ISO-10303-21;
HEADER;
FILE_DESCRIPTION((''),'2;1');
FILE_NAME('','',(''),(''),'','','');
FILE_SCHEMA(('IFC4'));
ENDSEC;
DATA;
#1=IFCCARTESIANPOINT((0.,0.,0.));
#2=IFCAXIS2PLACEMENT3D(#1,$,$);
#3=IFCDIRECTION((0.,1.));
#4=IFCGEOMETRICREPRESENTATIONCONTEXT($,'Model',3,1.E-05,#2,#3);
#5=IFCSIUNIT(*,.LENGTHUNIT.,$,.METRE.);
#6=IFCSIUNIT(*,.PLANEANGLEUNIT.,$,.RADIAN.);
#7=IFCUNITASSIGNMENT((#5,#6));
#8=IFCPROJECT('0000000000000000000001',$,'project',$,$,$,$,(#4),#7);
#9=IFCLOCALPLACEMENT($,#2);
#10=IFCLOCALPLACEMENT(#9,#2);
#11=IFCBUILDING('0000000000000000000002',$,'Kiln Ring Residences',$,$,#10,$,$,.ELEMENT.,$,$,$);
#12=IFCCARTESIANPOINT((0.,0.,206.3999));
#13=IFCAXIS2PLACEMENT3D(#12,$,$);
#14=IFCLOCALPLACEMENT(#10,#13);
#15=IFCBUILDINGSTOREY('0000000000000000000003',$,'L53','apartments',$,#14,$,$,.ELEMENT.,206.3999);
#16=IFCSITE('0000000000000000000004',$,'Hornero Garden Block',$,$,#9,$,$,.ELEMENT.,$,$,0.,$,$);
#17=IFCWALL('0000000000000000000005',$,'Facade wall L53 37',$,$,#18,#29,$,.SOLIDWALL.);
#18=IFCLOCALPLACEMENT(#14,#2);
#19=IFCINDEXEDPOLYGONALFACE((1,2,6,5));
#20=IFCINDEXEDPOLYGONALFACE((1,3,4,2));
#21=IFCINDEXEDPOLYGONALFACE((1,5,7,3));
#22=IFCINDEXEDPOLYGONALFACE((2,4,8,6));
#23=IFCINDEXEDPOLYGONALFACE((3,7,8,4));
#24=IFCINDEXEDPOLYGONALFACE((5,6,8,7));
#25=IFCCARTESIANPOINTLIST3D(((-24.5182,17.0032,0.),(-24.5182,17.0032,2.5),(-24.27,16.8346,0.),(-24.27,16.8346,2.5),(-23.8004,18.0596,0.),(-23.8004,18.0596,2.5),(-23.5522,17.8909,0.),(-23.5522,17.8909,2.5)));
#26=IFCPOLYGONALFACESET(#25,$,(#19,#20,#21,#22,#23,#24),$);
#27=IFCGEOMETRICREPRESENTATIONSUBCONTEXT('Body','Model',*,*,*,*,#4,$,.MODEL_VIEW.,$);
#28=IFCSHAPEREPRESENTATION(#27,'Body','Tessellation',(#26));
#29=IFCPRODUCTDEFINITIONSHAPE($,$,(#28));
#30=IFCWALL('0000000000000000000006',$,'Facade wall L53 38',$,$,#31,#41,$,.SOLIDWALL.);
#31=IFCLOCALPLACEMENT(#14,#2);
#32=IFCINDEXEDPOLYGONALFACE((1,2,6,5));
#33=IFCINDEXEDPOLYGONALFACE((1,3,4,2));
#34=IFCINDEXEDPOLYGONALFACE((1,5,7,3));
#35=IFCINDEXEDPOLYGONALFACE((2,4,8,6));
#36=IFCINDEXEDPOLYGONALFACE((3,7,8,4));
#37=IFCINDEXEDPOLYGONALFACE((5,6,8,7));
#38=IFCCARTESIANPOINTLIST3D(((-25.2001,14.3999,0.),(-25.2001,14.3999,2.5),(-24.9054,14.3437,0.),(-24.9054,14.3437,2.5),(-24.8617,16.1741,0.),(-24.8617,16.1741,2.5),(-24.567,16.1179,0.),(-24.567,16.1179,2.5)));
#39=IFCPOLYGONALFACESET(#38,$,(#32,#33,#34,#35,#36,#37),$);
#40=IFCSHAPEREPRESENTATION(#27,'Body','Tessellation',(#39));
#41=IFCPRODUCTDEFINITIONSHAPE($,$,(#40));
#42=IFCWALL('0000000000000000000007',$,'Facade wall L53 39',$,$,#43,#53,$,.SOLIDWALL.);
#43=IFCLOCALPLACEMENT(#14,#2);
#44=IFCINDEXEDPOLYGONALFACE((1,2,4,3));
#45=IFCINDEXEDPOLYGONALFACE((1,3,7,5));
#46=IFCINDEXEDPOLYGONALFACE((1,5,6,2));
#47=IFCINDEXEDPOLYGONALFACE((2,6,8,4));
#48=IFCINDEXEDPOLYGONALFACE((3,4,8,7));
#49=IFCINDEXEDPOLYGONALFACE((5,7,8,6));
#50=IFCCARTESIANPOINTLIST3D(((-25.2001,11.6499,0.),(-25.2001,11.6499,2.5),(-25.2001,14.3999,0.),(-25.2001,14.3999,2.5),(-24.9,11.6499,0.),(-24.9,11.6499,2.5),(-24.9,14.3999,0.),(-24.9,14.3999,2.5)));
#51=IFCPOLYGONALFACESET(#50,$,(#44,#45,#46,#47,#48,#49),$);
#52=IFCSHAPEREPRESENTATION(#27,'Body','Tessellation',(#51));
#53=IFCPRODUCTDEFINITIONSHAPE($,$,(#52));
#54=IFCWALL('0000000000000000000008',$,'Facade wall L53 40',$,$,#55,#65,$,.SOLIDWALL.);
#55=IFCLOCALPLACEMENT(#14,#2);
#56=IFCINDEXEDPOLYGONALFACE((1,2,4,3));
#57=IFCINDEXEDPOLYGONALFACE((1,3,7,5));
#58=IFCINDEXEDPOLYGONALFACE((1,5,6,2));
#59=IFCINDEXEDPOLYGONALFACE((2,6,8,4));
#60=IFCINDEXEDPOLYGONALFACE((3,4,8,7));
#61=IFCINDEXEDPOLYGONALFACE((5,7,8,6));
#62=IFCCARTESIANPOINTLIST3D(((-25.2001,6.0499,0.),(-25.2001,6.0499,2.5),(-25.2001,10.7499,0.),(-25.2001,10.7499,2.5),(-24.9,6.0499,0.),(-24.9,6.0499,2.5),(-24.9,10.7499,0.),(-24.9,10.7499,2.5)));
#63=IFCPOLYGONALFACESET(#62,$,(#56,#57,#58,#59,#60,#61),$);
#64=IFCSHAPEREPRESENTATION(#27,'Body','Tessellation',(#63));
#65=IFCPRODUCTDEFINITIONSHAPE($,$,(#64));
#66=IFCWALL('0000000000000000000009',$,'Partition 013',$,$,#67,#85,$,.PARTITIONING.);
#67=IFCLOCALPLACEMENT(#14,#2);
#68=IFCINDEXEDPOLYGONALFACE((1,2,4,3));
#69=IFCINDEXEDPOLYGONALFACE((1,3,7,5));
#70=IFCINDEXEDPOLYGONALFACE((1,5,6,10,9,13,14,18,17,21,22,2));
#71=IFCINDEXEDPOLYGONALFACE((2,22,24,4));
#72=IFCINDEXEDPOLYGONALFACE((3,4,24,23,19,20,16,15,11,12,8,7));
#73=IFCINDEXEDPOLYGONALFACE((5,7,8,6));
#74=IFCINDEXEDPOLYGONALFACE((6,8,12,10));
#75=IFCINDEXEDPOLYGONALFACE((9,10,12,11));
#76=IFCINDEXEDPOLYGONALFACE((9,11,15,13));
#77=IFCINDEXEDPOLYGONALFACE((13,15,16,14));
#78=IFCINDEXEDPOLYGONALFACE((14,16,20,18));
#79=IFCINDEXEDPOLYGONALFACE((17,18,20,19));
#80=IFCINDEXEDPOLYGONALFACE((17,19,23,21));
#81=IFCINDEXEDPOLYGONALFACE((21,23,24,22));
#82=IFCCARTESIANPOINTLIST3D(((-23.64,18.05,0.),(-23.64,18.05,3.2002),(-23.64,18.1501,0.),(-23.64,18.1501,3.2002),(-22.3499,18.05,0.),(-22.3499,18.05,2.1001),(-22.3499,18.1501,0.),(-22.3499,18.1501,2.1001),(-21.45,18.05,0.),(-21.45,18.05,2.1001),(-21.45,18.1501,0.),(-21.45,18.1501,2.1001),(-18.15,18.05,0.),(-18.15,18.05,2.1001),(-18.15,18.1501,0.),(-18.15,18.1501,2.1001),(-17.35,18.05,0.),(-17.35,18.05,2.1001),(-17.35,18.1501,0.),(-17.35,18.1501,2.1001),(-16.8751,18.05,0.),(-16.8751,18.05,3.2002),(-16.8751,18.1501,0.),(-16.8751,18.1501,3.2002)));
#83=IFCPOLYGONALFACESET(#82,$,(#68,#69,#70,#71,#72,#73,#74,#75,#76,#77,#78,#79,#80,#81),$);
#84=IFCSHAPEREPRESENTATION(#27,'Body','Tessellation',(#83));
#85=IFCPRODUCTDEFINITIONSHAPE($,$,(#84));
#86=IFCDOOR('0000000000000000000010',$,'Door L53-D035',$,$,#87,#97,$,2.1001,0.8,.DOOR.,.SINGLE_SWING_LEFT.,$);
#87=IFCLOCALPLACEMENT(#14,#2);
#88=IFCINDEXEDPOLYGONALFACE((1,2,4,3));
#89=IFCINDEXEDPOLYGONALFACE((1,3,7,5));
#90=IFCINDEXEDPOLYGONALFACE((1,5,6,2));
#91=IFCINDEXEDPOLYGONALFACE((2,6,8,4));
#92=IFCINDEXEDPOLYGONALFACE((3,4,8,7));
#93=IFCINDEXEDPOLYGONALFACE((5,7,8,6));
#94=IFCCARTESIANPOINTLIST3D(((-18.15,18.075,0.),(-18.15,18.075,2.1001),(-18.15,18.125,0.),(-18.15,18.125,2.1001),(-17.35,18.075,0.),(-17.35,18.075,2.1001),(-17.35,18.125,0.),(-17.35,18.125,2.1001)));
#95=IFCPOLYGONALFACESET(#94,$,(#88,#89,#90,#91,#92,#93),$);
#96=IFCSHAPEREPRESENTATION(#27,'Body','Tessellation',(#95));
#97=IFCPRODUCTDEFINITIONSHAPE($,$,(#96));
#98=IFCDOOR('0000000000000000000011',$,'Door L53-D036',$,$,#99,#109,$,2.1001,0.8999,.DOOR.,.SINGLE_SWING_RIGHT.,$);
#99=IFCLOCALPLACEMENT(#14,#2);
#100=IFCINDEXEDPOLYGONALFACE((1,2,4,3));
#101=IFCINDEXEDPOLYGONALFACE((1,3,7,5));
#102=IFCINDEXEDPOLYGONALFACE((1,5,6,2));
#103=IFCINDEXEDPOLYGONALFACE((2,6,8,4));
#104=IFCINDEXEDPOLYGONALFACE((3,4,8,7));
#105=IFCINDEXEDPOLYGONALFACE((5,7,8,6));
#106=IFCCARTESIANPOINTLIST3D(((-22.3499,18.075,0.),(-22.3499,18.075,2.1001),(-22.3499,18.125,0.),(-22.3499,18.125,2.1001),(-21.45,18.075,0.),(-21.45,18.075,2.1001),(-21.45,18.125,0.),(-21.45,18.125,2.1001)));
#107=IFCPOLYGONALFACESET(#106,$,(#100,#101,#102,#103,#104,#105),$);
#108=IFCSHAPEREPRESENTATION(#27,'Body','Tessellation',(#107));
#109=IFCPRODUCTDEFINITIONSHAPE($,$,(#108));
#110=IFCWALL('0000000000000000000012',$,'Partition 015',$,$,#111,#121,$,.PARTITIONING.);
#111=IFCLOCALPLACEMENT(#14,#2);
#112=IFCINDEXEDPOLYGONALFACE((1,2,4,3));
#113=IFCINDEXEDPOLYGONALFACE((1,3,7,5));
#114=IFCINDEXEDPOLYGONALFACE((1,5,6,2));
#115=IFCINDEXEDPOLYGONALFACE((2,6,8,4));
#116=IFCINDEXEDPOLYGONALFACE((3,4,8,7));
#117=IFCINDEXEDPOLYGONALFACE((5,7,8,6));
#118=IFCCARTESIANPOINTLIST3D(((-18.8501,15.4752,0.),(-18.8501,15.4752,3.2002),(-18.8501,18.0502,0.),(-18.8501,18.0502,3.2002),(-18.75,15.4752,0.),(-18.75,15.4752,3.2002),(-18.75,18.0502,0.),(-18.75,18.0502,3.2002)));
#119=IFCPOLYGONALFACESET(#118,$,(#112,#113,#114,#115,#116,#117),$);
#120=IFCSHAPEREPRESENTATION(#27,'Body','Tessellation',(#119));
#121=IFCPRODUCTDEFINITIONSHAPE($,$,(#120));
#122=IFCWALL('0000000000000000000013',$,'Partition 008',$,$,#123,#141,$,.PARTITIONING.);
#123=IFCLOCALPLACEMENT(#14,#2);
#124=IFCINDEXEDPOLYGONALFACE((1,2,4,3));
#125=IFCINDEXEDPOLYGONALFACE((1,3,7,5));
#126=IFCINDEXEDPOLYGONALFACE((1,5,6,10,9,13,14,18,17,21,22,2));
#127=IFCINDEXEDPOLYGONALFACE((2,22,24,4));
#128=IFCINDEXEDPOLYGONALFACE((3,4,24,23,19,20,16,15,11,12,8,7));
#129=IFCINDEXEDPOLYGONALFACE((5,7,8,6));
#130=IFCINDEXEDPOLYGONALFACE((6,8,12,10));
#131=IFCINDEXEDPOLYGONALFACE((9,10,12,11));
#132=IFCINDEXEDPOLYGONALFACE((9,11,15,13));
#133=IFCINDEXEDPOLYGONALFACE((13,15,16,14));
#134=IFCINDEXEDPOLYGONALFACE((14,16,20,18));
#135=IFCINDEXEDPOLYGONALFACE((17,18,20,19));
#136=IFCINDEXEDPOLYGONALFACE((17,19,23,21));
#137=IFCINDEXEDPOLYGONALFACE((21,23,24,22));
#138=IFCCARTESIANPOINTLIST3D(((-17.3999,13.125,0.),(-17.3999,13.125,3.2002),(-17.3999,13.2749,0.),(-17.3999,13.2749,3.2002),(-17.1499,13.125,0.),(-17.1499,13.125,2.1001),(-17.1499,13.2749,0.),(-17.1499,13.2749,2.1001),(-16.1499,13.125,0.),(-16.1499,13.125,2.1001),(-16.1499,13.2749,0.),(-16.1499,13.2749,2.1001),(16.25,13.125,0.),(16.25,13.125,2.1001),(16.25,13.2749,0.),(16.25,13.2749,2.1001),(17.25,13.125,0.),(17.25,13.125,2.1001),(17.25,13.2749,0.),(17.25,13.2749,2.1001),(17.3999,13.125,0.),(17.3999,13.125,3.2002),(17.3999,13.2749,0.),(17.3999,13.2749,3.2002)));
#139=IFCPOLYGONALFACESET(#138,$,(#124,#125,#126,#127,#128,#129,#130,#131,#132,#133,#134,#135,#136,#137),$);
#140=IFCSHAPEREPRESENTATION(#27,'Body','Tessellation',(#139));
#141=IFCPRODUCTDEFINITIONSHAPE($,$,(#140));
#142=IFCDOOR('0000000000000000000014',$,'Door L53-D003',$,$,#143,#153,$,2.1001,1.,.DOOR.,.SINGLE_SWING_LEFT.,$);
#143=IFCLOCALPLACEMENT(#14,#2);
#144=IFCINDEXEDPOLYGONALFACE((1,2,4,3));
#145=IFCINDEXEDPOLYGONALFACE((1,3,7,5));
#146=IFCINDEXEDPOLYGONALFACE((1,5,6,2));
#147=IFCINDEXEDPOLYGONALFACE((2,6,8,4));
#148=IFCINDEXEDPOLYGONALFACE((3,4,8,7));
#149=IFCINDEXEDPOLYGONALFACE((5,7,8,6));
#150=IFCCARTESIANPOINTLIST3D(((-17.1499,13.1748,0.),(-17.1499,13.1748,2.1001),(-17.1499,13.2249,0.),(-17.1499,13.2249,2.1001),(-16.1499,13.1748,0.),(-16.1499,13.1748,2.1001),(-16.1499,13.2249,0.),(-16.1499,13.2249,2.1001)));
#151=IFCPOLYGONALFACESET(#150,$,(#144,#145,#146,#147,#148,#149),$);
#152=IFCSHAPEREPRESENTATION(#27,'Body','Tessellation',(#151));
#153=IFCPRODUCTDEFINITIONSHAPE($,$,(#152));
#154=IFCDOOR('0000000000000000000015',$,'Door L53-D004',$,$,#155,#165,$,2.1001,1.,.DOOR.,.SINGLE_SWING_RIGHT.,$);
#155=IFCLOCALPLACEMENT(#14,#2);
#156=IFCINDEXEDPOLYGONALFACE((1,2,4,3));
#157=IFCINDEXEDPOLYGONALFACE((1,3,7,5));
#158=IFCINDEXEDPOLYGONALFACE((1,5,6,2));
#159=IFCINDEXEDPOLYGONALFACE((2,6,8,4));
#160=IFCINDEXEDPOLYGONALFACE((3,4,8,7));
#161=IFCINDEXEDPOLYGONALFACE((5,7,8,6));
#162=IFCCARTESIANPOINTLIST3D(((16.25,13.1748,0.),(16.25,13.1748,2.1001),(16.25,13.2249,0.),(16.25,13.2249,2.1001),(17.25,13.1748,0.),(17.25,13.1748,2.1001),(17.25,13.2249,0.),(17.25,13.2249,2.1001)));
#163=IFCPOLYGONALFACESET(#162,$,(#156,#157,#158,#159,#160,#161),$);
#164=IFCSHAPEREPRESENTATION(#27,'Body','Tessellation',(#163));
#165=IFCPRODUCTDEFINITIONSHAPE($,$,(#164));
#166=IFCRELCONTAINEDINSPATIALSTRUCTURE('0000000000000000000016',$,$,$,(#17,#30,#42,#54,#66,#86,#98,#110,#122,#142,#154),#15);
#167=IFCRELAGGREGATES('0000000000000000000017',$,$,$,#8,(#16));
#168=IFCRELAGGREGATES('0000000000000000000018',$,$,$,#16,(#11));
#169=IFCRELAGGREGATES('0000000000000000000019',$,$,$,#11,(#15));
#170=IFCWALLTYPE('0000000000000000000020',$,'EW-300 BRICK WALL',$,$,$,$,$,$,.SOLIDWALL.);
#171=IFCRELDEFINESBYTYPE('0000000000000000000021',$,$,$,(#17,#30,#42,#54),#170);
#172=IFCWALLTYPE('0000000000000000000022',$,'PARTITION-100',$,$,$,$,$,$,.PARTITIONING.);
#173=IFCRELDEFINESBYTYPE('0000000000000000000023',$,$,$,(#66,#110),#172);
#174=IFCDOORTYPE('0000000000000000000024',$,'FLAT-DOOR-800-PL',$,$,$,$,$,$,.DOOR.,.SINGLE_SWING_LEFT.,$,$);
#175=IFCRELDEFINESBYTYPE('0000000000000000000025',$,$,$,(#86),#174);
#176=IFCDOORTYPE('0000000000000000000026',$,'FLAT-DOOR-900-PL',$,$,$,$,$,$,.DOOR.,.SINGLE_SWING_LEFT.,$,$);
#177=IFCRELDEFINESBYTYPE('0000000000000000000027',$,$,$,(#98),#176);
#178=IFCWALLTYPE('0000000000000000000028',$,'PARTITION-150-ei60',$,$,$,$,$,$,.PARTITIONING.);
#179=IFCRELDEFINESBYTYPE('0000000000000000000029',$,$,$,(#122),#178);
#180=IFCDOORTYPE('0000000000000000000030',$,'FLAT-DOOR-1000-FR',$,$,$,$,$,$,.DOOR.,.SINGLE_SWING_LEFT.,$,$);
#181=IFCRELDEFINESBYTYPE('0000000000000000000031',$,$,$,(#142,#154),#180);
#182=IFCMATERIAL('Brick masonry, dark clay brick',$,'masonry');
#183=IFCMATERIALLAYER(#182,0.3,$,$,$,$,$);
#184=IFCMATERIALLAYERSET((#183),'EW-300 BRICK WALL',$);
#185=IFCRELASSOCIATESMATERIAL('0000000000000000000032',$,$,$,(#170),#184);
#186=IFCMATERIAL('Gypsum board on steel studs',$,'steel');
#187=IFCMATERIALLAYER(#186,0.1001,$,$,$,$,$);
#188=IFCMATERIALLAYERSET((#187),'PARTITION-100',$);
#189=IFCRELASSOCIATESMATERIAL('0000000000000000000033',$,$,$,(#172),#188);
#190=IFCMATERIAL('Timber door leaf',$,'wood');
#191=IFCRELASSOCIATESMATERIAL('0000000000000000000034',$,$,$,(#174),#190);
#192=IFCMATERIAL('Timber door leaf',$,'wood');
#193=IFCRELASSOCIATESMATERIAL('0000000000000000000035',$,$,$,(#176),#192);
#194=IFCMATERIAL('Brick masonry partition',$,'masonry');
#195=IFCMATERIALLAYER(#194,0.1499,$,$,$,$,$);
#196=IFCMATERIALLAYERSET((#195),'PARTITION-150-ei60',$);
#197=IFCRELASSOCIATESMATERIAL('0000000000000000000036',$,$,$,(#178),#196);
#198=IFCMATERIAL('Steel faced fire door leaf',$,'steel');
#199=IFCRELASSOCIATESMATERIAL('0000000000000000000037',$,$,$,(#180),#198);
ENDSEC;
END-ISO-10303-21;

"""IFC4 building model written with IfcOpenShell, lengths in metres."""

from ifc_helpers import new_model, si_unit, direction, frame, frame_2d, origin, place, context, subcontext, project, spatial, rectangle, extrude, material, layer, layer_set, type_object, element, fill, save


model = new_model("IFC4")

# Units and contexts
model_context = context("Model", 3, precision=1e-05, world=origin(), true_north=direction((0.0, 1.0)))
body_context = subcontext(model_context, "Body", "Model", "MODEL_VIEW")
ifc_project = project(units=[si_unit("LENGTHUNIT", "METRE"), si_unit("PLANEANGLEUNIT", "RADIAN")], contexts=[model_context])

# Site, building, storey
site_placement = place(None, origin())
site = spatial("IfcSite", under=ifc_project, at=site_placement, Name="Hornero Garden Block", CompositionType="ELEMENT", RefElevation=0.0)
building_placement = place(site_placement, origin())
building = spatial("IfcBuilding", under=site, at=building_placement, Name="Kiln Ring Residences", CompositionType="ELEMENT")
storey_placement = place(building_placement, frame((0.0, 0.0, 206.3999)))
storey = spatial("IfcBuildingStorey", under=building, at=storey_placement, Name="L53", Description="apartments", CompositionType="ELEMENT", Elevation=206.3999)

# Shared definitions
ifc_material_1 = material(Name="Brick masonry, dark clay brick", Category="masonry")
ifc_layer_1 = layer(ifc_material_1, 0.3)
ifc_layer_set_1 = layer_set([ifc_layer_1], Name="EW-300 BRICK WALL")
wall_type_1 = type_object("IfcWallType", Name="EW-300 BRICK WALL", PredefinedType="SOLIDWALL", material=ifc_layer_set_1)

# Walls
wall_1_placement = place(storey_placement, frame((-23.6763, 17.9753, 0.0), z_axis=(0.0, 0.0, 1.0), x_axis=(-0.562001, -0.827136, 0.0)))
element("IfcWall", 1, at=wall_1_placement, inside=storey, type_object=wall_type_1, Name="Facade wall L53 37", PredefinedType="SOLIDWALL", context=body_context, shape_type="SweptSolid", body=[
    extrude(rectangle(XDim=1.2771, YDim=0.3, at=frame_2d((0.6387, 0.0))), origin(), (0.0, 0.0, 1.0), 2.5),
])
wall_2_placement = place(storey_placement, frame((-24.7144, 16.146, 0.0), z_axis=(0.0, 0.0, 1.0), x_axis=(-0.187348, -0.982294, 0.0)))
element("IfcWall", 2, at=wall_2_placement, inside=storey, type_object=wall_type_1, Name="Facade wall L53 38", PredefinedType="SOLIDWALL", context=body_context, shape_type="SweptSolid", body=[
    extrude(rectangle(XDim=1.8062, YDim=0.3, at=frame_2d((0.9031, 0.0))), origin(), (0.0, 0.0, 1.0), 2.5),
])
wall_3_placement = place(storey_placement, frame((-25.05, 14.3999, 0.0), z_axis=(0.0, 0.0, 1.0), x_axis=(0.0, -1.0, 0.0)))
element("IfcWall", 3, at=wall_3_placement, inside=storey, type_object=wall_type_1, Name="Facade wall L53 39", PredefinedType="SOLIDWALL", context=body_context, shape_type="SweptSolid", body=[
    extrude(rectangle(XDim=2.75, YDim=0.3, at=frame_2d((1.375, 0.0))), origin(), (0.0, 0.0, 1.0), 2.5),
])
wall_4_placement = place(storey_placement, frame((-25.05, 10.75, 0.0), z_axis=(0.0, 0.0, 1.0), x_axis=(0.0, -1.0, 0.0)))
element("IfcWall", 4, at=wall_4_placement, inside=storey, type_object=wall_type_1, Name="Facade wall L53 40", PredefinedType="SOLIDWALL", context=body_context, shape_type="SweptSolid", body=[
    extrude(rectangle(XDim=4.7, YDim=0.3, at=frame_2d((2.3501, 0.0))), origin(), (0.0, 0.0, 1.0), 2.5),
])

# Wall, openings, doors
ifc_material_2 = material(Name="Gypsum board on steel studs", Category="steel")
ifc_layer_2 = layer(ifc_material_2, 0.1001)
ifc_layer_set_2 = layer_set([ifc_layer_2], Name="PARTITION-100")
wall_type_2 = type_object("IfcWallType", Name="PARTITION-100", PredefinedType="PARTITIONING", material=ifc_layer_set_2)
wall_5_placement = place(storey_placement, frame((-23.6399, 18.1001, 0.0), z_axis=(0.0, 0.0, 1.0), x_axis=(1.0, 0.0, 0.0)))
wall_5 = element("IfcWall", 5, at=wall_5_placement, inside=storey, type_object=wall_type_2, Name="Partition 013", PredefinedType="PARTITIONING", context=body_context, shape_type="SweptSolid", body=[
    extrude(rectangle(XDim=6.7649, YDim=0.1001, at=frame_2d((3.3823, 0.0))), origin(), (0.0, 0.0, 1.0), 3.2002),
])
opening_1_placement = place(wall_5_placement, frame((5.49, 0.0, 0.0)))
opening_1 = element("IfcOpeningElement", 6, at=opening_1_placement, cuts=wall_5, PredefinedType="OPENING", context=body_context, shape_type="SweptSolid", body=[
    extrude(rectangle(XDim=0.8, YDim=2.1001, at=frame_2d((0.3999, 1.05))), frame((0.0, 0.0601, 0.0), z_axis=(0.0, -1.0, 0.0), x_axis=(1.0, 0.0, 0.0)), (0.0, 0.0, 1.0), 0.1201),
])
opening_2_placement = place(wall_5_placement, frame((1.29, 0.0, 0.0)))
opening_2 = element("IfcOpeningElement", 7, at=opening_2_placement, cuts=wall_5, PredefinedType="OPENING", context=body_context, shape_type="SweptSolid", body=[
    extrude(rectangle(XDim=0.8999, YDim=2.1001, at=frame_2d((0.45, 1.05))), frame((0.0, 0.0601, 0.0), z_axis=(0.0, -1.0, 0.0), x_axis=(1.0, 0.0, 0.0)), (0.0, 0.0, 1.0), 0.1201),
])
ifc_material_3 = material(Name="Timber door leaf", Category="wood")
door_type_1 = type_object("IfcDoorType", Name="FLAT-DOOR-800-PL", OperationType="SINGLE_SWING_LEFT", PredefinedType="DOOR", material=ifc_material_3)
door_1_placement = place(opening_1_placement, origin())
door_1 = element("IfcDoor", 8, at=door_1_placement, inside=storey, type_object=door_type_1, Name="Door L53-D035", OperationType="SINGLE_SWING_LEFT", OverallHeight=2.1001, OverallWidth=0.8, PredefinedType="DOOR", context=body_context, shape_type="SweptSolid", body=[
    extrude(rectangle(XDim=0.8, YDim=2.1001, at=frame_2d((0.3999, 1.05))), frame((0.0, 0.0249, 0.0), z_axis=(0.0, -1.0, 0.0), x_axis=(1.0, 0.0, 0.0)), (0.0, 0.0, 1.0), 0.05),
])
fill(opening_1, door_1)
ifc_material_4 = material(Name="Timber door leaf", Category="wood")
door_type_2 = type_object("IfcDoorType", Name="FLAT-DOOR-900-PL", OperationType="SINGLE_SWING_LEFT", PredefinedType="DOOR", material=ifc_material_4)
door_2_placement = place(opening_2_placement, origin())
door_2 = element("IfcDoor", 9, at=door_2_placement, inside=storey, type_object=door_type_2, Name="Door L53-D036", OperationType="SINGLE_SWING_RIGHT", OverallHeight=2.1001, OverallWidth=0.8999, PredefinedType="DOOR", context=body_context, shape_type="SweptSolid", body=[
    extrude(rectangle(XDim=0.8999, YDim=2.1001, at=frame_2d((0.45, 1.05))), frame((0.0, 0.0249, 0.0), z_axis=(0.0, -1.0, 0.0), x_axis=(1.0, 0.0, 0.0)), (0.0, 0.0, 1.0), 0.05),
])
fill(opening_2, door_2)

# Wall
wall_6_placement = place(storey_placement, frame((-18.8, 15.4751, 0.0), z_axis=(0.0, 0.0, 1.0), x_axis=(0.0, 1.0, 0.0)))
element("IfcWall", 10, at=wall_6_placement, inside=storey, type_object=wall_type_2, Name="Partition 015", PredefinedType="PARTITIONING", context=body_context, shape_type="SweptSolid", body=[
    extrude(rectangle(XDim=2.575, YDim=0.1001, at=frame_2d((1.2876, 0.0))), origin(), (0.0, 0.0, 1.0), 3.2002),
])

# Wall, openings, doors
ifc_material_5 = material(Name="Brick masonry partition", Category="masonry")
ifc_layer_3 = layer(ifc_material_5, 0.1499)
ifc_layer_set_3 = layer_set([ifc_layer_3], Name="PARTITION-150-ei60")
wall_type_3 = type_object("IfcWallType", Name="PARTITION-150-ei60", PredefinedType="PARTITIONING", material=ifc_layer_set_3)
wall_7_placement = place(storey_placement, frame((-17.3999, 13.2, 0.0), z_axis=(0.0, 0.0, 1.0), x_axis=(1.0, 0.0, 0.0)))
wall_7 = element("IfcWall", 11, at=wall_7_placement, inside=storey, type_object=wall_type_3, Name="Partition 008", PredefinedType="PARTITIONING", context=body_context, shape_type="SweptSolid", body=[
    extrude(rectangle(XDim=34.7998, YDim=0.1499, at=frame_2d((17.3999, 0.0))), origin(), (0.0, 0.0, 1.0), 3.2002),
])
opening_3_placement = place(wall_7_placement, frame((0.25, 0.0, 0.0)))
opening_3 = element("IfcOpeningElement", 12, at=opening_3_placement, cuts=wall_7, PredefinedType="OPENING", context=body_context, shape_type="SweptSolid", body=[
    extrude(rectangle(XDim=1.0, YDim=2.1001, at=frame_2d((0.5, 1.05))), frame((0.0, 0.085, 0.0), z_axis=(0.0, -1.0, 0.0), x_axis=(1.0, 0.0, 0.0)), (0.0, 0.0, 1.0), 0.1699),
])
opening_4_placement = place(wall_7_placement, frame((33.6499, 0.0, 0.0)))
opening_4 = element("IfcOpeningElement", 13, at=opening_4_placement, cuts=wall_7, PredefinedType="OPENING", context=body_context, shape_type="SweptSolid", body=[
    extrude(rectangle(XDim=1.0, YDim=2.1001, at=frame_2d((0.5, 1.05))), frame((0.0, 0.085, 0.0), z_axis=(0.0, -1.0, 0.0), x_axis=(1.0, 0.0, 0.0)), (0.0, 0.0, 1.0), 0.1699),
])
ifc_material_6 = material(Name="Steel faced fire door leaf", Category="steel")
door_type_3 = type_object("IfcDoorType", Name="FLAT-DOOR-1000-FR", OperationType="SINGLE_SWING_LEFT", PredefinedType="DOOR", material=ifc_material_6)
door_3_placement = place(opening_3_placement, origin())
door_3 = element("IfcDoor", 14, at=door_3_placement, inside=storey, type_object=door_type_3, Name="Door L53-D003", OperationType="SINGLE_SWING_LEFT", OverallHeight=2.1001, OverallWidth=1.0, PredefinedType="DOOR", context=body_context, shape_type="SweptSolid", body=[
    extrude(rectangle(XDim=1.0, YDim=2.1001, at=frame_2d((0.5, 1.05))), frame((0.0, 0.0249, 0.0), z_axis=(0.0, -1.0, 0.0), x_axis=(1.0, 0.0, 0.0)), (0.0, 0.0, 1.0), 0.05),
])
fill(opening_3, door_3)
door_4_placement = place(opening_4_placement, origin())
door_4 = element("IfcDoor", 15, at=door_4_placement, inside=storey, type_object=door_type_3, Name="Door L53-D004", OperationType="SINGLE_SWING_RIGHT", OverallHeight=2.1001, OverallWidth=1.0, PredefinedType="DOOR", context=body_context, shape_type="SweptSolid", body=[
    extrude(rectangle(XDim=1.0, YDim=2.1001, at=frame_2d((0.5, 1.05))), frame((0.0, 0.0249, 0.0), z_axis=(0.0, -1.0, 0.0), x_axis=(1.0, 0.0, 0.0)), (0.0, 0.0, 1.0), 0.05),
])
fill(opening_4, door_4)

save(model, "model.ifc")
